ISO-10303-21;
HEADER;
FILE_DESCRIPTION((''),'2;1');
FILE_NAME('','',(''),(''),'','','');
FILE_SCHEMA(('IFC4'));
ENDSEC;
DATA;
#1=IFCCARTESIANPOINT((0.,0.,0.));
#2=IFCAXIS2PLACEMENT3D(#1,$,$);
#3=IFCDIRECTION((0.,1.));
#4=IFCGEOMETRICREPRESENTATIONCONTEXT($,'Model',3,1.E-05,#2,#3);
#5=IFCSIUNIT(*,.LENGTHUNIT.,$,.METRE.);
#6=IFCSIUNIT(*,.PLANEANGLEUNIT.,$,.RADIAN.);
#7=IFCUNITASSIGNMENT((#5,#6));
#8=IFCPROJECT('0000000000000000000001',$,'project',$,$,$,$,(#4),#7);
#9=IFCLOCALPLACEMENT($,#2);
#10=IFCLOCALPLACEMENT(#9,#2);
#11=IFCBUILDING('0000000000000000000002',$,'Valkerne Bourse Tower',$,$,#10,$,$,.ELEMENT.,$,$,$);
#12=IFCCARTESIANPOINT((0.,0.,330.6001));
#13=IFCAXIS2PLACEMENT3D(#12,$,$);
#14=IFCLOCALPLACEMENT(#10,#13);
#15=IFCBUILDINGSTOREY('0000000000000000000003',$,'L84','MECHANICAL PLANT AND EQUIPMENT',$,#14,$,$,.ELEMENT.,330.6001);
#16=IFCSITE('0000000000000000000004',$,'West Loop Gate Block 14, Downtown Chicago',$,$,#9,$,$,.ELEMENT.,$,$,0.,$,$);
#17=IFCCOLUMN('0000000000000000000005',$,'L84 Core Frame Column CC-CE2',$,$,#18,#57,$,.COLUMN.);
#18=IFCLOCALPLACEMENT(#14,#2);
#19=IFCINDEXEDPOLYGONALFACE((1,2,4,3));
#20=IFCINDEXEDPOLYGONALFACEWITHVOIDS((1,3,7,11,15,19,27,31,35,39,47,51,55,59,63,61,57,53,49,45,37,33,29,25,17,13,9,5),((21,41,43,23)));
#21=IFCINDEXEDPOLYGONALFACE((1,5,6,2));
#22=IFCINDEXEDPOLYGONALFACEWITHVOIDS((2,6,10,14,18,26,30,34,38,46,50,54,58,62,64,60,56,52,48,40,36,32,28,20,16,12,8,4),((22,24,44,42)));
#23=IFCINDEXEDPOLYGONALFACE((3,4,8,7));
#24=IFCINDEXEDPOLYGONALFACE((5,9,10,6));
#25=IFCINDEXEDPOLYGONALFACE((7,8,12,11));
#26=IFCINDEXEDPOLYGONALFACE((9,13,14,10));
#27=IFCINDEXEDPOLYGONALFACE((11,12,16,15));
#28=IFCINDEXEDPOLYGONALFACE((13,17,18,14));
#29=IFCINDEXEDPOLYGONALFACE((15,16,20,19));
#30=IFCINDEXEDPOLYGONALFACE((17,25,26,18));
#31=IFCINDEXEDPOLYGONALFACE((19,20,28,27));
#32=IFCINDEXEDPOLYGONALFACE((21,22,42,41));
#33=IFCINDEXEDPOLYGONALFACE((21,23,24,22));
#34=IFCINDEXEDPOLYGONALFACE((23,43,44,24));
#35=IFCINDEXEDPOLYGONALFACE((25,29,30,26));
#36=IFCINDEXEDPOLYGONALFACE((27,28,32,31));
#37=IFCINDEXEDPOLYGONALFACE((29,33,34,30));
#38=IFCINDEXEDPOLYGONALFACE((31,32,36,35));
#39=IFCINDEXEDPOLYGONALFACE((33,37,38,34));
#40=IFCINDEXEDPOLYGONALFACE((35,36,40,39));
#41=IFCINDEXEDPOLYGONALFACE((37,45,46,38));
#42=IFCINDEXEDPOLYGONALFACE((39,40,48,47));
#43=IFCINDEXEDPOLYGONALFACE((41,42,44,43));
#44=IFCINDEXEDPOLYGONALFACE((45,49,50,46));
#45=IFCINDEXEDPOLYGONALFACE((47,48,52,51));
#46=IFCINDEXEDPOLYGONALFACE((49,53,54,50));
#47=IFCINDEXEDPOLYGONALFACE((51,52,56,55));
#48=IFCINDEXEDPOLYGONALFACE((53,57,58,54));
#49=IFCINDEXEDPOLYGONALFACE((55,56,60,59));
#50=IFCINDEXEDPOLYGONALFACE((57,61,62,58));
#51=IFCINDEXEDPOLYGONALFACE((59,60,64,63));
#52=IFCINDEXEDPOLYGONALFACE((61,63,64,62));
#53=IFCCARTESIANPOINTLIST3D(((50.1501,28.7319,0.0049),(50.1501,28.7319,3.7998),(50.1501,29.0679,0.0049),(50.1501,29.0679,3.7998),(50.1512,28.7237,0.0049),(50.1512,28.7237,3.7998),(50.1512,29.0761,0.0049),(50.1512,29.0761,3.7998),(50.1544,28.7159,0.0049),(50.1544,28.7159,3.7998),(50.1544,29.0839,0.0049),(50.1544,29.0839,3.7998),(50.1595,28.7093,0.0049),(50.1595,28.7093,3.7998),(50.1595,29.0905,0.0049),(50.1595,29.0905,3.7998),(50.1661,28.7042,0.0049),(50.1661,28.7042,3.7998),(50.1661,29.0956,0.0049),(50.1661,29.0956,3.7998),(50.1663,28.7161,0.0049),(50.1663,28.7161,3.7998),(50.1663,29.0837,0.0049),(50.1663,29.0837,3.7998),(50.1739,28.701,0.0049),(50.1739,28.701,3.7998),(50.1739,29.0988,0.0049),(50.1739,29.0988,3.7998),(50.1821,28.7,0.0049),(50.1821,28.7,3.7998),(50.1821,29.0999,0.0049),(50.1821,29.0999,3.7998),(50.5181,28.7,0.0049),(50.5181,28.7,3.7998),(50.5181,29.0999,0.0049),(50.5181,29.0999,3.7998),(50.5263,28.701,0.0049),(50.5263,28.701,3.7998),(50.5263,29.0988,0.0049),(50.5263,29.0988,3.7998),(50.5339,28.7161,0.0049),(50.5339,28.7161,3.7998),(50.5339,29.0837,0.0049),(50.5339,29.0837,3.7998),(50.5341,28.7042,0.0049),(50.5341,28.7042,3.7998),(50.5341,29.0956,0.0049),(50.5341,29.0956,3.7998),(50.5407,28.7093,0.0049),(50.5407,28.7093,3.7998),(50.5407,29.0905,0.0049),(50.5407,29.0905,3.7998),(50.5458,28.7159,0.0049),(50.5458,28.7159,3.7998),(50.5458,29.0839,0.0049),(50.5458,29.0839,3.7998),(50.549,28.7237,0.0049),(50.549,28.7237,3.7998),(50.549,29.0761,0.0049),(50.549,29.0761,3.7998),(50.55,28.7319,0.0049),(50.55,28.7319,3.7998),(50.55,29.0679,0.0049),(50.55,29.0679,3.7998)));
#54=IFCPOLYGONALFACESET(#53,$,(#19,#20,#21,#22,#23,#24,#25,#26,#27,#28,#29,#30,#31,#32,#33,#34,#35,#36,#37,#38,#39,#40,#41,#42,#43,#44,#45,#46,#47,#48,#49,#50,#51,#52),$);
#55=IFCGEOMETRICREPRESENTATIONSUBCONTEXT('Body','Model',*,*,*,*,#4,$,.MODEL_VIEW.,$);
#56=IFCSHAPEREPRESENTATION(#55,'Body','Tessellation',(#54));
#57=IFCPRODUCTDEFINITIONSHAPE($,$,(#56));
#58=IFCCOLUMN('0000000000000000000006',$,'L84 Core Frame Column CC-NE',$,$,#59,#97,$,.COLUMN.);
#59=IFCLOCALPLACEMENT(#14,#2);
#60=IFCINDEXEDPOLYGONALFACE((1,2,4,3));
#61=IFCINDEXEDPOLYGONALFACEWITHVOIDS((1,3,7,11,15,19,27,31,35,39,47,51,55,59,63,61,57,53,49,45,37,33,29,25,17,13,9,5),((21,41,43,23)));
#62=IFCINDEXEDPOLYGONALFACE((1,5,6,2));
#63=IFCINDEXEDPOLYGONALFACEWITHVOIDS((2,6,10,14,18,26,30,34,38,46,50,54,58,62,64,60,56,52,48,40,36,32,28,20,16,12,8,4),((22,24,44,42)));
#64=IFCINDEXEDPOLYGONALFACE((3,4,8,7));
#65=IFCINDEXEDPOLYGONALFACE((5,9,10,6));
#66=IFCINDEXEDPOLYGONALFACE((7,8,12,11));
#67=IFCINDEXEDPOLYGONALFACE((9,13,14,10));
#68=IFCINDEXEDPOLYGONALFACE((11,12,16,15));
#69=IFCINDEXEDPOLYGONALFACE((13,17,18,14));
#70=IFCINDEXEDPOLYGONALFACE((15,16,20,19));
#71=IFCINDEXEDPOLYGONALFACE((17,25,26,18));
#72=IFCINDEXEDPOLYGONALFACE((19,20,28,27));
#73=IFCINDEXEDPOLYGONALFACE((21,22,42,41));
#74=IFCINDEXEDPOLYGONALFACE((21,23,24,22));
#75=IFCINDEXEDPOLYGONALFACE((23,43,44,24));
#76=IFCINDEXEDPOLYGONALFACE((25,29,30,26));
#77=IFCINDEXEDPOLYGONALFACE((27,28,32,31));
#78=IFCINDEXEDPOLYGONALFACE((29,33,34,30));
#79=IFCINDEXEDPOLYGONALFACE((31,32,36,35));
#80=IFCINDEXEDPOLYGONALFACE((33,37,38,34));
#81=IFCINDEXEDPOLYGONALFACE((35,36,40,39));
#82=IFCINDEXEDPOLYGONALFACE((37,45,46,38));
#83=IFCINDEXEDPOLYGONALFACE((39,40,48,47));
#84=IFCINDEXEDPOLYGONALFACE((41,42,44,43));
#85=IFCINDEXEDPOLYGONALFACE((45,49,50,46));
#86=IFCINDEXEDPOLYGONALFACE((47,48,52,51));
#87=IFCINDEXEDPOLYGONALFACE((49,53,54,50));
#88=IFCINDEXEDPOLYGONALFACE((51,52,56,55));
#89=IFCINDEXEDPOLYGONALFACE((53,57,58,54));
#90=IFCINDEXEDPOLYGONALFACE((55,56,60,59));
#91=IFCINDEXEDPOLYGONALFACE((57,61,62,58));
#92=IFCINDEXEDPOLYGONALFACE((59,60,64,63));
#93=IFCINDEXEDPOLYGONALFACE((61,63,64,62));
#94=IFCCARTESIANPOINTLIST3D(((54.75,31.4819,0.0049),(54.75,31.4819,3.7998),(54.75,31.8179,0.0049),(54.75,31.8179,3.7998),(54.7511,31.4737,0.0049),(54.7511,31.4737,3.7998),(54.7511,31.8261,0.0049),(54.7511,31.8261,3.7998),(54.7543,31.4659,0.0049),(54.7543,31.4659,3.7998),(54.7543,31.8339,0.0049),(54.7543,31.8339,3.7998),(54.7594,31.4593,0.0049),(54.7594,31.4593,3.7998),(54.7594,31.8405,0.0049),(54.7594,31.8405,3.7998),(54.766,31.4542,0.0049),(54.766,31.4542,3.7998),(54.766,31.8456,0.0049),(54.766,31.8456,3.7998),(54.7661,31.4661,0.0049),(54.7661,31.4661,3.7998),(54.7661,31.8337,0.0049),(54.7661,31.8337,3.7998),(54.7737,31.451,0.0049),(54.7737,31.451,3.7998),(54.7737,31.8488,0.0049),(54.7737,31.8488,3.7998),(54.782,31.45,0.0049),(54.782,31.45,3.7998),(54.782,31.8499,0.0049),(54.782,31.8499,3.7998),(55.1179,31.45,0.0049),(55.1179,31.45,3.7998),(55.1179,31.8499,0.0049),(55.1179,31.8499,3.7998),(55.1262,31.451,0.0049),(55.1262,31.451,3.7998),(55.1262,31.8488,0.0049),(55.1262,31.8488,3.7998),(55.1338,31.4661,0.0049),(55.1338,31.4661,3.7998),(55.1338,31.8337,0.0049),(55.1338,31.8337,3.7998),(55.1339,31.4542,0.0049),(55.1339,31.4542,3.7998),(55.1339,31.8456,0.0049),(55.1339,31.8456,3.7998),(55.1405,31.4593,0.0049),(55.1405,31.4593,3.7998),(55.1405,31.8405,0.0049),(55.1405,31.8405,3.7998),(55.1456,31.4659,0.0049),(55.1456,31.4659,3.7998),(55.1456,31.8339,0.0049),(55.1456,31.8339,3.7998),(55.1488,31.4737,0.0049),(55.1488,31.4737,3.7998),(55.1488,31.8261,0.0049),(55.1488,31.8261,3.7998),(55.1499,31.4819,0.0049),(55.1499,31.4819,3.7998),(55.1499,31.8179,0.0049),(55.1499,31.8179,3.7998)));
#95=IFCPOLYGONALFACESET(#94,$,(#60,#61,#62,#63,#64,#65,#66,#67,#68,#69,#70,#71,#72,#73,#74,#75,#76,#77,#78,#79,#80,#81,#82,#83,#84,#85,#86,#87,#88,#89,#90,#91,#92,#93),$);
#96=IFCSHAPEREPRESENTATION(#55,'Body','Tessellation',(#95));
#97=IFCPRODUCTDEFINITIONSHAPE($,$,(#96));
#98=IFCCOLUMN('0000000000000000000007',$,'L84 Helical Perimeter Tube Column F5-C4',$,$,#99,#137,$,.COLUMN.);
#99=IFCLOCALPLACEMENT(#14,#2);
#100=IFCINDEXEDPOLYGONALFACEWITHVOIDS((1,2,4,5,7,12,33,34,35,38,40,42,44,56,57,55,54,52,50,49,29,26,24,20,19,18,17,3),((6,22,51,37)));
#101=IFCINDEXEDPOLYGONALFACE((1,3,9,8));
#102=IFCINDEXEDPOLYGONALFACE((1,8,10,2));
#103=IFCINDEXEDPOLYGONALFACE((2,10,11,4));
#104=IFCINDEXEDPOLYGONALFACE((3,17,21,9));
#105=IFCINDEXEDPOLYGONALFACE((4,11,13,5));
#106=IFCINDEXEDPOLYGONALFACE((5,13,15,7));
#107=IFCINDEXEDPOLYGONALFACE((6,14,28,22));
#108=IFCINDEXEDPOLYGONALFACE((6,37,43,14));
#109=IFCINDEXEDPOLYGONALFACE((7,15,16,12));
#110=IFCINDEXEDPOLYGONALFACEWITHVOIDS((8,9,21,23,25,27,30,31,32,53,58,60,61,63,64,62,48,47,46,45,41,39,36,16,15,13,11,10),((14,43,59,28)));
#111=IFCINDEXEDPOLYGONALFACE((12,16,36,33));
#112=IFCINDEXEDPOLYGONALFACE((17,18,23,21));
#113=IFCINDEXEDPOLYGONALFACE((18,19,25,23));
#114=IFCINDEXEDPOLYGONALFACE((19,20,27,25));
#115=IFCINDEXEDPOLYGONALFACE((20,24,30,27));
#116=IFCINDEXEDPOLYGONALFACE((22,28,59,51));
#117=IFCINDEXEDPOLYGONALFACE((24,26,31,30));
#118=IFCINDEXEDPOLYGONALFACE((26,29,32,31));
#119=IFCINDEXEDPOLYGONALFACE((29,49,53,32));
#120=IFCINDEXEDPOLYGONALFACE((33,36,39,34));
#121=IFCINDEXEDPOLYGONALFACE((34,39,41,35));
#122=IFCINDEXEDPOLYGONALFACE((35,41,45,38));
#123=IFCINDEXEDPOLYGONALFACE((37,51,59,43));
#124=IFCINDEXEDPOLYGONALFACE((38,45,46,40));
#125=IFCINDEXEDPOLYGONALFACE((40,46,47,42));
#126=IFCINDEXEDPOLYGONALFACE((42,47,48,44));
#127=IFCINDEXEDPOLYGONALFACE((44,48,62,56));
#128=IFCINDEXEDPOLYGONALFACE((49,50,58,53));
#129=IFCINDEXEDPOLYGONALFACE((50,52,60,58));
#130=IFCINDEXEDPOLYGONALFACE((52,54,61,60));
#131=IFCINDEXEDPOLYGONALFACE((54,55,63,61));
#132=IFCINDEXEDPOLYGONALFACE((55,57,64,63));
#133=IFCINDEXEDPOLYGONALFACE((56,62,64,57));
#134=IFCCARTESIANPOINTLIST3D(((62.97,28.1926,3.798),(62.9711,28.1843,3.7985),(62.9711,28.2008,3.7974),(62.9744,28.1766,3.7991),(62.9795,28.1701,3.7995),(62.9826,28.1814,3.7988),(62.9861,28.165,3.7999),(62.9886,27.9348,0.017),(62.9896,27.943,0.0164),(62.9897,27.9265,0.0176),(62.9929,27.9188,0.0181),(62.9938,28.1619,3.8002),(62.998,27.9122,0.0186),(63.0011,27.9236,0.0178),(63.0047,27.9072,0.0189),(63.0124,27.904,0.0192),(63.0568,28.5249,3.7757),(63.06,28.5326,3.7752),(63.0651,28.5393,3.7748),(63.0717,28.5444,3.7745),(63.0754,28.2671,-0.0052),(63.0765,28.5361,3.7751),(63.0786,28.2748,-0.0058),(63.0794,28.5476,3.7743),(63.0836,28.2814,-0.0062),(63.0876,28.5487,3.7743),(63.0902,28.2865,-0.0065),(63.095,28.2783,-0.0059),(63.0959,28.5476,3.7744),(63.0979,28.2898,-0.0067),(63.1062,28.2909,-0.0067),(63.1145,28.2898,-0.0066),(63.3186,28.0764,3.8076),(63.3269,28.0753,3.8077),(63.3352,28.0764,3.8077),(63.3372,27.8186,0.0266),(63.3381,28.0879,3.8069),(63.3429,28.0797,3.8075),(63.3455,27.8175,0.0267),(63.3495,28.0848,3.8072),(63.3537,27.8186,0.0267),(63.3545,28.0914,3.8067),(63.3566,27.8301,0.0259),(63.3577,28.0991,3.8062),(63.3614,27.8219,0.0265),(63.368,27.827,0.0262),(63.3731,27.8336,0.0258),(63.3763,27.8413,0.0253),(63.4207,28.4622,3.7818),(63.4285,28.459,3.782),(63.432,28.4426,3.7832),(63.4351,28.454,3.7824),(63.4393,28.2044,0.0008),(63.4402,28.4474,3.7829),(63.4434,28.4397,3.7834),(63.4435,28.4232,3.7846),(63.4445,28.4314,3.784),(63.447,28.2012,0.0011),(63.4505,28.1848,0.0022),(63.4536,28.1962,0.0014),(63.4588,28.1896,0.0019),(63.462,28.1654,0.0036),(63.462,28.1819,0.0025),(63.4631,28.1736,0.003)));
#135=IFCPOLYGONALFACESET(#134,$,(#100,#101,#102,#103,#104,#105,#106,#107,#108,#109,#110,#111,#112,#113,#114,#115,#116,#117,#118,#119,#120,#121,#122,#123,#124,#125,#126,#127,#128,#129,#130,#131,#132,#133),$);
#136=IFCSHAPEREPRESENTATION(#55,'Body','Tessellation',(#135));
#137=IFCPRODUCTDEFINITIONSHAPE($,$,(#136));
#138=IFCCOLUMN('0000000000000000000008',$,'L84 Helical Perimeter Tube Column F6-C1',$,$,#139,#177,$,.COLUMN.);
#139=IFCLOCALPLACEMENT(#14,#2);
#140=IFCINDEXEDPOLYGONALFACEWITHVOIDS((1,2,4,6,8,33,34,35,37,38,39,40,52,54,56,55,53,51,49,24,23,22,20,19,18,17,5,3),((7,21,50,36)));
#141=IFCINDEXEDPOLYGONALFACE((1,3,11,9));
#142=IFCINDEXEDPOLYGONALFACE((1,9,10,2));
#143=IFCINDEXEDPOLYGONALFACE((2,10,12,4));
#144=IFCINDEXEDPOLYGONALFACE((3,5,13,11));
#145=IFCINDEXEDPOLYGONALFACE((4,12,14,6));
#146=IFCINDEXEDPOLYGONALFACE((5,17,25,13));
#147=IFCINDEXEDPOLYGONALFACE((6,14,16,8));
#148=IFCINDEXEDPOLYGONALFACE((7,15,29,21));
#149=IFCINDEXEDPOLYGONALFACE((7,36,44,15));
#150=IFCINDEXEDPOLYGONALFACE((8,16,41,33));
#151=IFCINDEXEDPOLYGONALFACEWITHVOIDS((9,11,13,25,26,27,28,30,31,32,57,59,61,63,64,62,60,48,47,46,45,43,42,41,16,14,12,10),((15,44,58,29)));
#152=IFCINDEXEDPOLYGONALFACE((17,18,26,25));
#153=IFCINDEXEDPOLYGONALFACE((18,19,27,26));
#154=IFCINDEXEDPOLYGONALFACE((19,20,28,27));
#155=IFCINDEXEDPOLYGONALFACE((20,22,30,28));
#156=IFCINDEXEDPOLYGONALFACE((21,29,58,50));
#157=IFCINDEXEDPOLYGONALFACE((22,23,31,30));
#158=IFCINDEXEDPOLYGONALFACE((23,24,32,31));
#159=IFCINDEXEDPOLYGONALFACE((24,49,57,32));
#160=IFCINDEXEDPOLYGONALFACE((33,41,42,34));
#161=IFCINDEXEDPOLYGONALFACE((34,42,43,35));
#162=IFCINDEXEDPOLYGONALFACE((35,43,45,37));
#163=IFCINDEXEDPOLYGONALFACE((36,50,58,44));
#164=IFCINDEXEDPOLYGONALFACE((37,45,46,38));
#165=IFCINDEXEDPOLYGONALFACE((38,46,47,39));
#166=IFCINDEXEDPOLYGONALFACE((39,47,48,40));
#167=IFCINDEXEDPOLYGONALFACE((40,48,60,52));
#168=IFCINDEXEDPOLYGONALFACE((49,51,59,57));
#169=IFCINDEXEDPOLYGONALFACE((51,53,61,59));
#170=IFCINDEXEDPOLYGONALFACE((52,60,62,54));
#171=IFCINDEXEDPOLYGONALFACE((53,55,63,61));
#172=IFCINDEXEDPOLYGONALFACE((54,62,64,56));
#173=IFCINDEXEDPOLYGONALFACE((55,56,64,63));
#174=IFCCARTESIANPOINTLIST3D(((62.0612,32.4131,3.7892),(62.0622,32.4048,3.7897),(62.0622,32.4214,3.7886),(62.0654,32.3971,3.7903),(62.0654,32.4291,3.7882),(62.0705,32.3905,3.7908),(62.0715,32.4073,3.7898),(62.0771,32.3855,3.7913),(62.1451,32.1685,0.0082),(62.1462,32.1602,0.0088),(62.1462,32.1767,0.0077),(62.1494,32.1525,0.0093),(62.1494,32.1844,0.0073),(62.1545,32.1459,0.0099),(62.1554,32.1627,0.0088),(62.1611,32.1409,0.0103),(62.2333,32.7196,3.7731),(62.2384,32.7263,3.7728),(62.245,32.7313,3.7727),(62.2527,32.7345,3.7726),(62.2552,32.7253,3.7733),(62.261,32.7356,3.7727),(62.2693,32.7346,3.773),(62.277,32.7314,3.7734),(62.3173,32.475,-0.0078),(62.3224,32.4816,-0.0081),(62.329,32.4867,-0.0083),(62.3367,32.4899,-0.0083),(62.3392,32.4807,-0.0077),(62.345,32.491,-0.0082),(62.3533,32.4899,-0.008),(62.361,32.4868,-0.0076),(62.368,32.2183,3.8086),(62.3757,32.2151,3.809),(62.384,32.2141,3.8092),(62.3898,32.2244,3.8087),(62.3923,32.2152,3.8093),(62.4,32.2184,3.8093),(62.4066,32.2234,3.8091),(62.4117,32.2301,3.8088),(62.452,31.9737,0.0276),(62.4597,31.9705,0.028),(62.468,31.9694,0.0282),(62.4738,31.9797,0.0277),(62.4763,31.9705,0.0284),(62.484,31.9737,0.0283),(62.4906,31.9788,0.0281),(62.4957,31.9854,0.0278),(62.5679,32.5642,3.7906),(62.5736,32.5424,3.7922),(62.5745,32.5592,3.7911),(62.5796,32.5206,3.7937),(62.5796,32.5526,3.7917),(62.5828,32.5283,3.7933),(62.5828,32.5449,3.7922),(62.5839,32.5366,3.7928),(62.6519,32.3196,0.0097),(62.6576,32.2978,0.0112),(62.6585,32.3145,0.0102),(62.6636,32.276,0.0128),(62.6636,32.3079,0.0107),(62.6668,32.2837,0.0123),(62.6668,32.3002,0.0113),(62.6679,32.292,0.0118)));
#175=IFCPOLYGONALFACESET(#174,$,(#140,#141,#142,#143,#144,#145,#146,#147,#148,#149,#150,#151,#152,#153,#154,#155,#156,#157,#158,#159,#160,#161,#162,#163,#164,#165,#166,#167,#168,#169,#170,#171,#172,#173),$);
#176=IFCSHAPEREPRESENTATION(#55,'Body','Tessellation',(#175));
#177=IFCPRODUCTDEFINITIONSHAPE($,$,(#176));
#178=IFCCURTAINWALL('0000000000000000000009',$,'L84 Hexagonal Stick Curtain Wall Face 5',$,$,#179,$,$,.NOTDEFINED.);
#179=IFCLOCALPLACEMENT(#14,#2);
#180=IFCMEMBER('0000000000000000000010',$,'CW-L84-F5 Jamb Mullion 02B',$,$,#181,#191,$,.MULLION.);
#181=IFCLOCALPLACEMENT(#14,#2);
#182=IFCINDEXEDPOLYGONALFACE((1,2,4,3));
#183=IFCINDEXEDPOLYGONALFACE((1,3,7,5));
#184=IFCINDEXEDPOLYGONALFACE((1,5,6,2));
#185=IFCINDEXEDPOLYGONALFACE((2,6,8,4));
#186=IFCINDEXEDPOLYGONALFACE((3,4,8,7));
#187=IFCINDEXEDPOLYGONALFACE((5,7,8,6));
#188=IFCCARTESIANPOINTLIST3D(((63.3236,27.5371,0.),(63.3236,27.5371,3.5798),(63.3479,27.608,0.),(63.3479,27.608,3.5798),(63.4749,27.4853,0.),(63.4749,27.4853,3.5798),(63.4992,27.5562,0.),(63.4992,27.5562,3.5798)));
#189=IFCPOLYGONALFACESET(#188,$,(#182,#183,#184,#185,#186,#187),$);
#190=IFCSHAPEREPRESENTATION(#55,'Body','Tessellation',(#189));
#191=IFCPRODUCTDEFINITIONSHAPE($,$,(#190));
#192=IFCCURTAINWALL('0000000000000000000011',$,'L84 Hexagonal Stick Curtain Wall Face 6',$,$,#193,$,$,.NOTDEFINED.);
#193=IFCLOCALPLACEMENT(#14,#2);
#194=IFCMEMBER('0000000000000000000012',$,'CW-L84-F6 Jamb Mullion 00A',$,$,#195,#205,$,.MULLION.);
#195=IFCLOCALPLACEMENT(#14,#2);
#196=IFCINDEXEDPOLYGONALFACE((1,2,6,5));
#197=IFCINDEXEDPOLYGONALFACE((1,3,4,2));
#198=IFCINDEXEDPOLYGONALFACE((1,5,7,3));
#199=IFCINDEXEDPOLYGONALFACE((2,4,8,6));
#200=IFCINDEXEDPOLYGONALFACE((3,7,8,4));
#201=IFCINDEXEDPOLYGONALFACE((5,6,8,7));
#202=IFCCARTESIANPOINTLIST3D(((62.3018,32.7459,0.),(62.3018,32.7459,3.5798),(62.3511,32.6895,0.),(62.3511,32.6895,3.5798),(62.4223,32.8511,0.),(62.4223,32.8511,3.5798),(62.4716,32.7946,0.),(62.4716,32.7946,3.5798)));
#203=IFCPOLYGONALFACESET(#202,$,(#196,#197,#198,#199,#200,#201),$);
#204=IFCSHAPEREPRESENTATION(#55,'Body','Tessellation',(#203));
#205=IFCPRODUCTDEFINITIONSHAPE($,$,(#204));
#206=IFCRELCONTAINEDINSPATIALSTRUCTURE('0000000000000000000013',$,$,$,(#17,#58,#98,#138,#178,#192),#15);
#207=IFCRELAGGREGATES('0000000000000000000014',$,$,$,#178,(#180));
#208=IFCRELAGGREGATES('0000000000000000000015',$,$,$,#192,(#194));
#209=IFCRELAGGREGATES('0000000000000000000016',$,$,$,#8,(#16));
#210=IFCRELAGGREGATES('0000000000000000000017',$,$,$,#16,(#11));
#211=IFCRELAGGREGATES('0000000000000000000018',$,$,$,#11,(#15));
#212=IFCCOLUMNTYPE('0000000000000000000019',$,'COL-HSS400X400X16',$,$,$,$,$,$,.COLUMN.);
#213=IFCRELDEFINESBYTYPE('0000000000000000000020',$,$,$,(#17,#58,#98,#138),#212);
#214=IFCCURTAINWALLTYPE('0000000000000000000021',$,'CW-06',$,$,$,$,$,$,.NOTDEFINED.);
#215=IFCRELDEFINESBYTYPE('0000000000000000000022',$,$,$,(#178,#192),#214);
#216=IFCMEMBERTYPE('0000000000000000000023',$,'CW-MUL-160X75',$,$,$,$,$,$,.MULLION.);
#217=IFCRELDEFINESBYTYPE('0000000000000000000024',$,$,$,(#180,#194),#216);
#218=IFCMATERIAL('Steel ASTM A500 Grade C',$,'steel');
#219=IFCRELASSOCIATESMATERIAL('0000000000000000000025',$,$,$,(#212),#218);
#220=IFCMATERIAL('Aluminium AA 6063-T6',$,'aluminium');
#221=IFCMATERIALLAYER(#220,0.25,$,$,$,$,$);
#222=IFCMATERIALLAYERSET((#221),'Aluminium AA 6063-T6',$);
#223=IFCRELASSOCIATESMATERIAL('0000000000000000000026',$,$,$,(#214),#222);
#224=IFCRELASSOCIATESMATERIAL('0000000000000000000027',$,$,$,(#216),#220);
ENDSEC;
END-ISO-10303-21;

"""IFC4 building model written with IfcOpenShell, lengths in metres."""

from ifc_helpers import new_model, si_unit, direction, frame, origin, origin_2d, place, context, subcontext, project, spatial, rectangle, hollow_rectangle, extrude, material, layer, layer_set, material_profile, profile_set, type_object, element, aggregate, save


model = new_model("IFC4")

# Units and contexts
model_context = context("Model", 3, precision=1e-05, world=origin(), true_north=direction((0.0, 1.0)))
body_context = subcontext(model_context, "Body", "Model", "MODEL_VIEW")
ifc_project = project(units=[si_unit("LENGTHUNIT", "METRE"), si_unit("PLANEANGLEUNIT", "RADIAN")], contexts=[model_context])

# Site, building, storey
site_placement = place(None, origin())
site = spatial("IfcSite", under=ifc_project, at=site_placement, Name="West Loop Gate Block 14, Downtown Chicago", CompositionType="ELEMENT", RefElevation=0.0)
building_placement = place(site_placement, origin())
building = spatial("IfcBuilding", under=site, at=building_placement, Name="Valkerne Bourse Tower", CompositionType="ELEMENT")
storey_placement = place(building_placement, frame((0.0, 0.0, 330.6001)))
storey = spatial("IfcBuildingStorey", under=building, at=storey_placement, Name="L84", Description="MECHANICAL PLANT AND EQUIPMENT", CompositionType="ELEMENT", Elevation=330.6001)

# Columns
ifc_material_1 = material(Name="Steel ASTM A500 Grade C", Category="steel")
ifc_material_profile_1 = material_profile(ifc_material_1, hollow_rectangle(XDim=0.3999, YDim=0.3999, WallThickness=0.0161, OuterFilletRadius=0.032, at=origin_2d()), Name="HSS400X400X16")
ifc_profile_set_1 = profile_set([ifc_material_profile_1], Name="Steel ASTM A500 Grade C")
column_type = type_object("IfcColumnType", Name="COL-HSS400X400X16", PredefinedType="COLUMN", material=ifc_profile_set_1)
for number, where, z_axis, x_axis, name in (
    (1, (50.3501, 28.8999, 0.0049), (0.0, 0.0, 1.0), (1.0, 0.0, 0.0), "L84 Core Frame Column CC-CE2"),
    (2, (54.95, 31.6499, 0.0049), (0.0, 0.0, 1.0), (1.0, 0.0, 0.0), "L84 Core Frame Column CC-NE"),
):
    element("IfcColumn", number, at=place(storey_placement, frame(where, z_axis=z_axis, x_axis=x_axis)), inside=storey, type_object=column_type, Name=name, PredefinedType="COLUMN", context=body_context, shape_type="SweptSolid", body=[
        extrude(hollow_rectangle(XDim=0.3999, YDim=0.3999, WallThickness=0.0161, OuterFilletRadius=0.032, at=origin_2d()), origin(), (0.0, 0.0, 1.0), 3.7949),
    ])
for number, where, z_axis, x_axis, name in (
    (3, (63.2258, 28.0542, 0.01), (-0.004896, 0.068027, 0.997671), (-0.255326, -0.964699, 0.064526), "L84 Helical Perimeter Tube Column F5-C4"),
    (4, (62.4065, 32.2302, 0.01), (-0.02216, 0.064549, 0.997668), (0.865874, -0.497612, 0.051428), "L84 Helical Perimeter Tube Column F6-C1"),
):
    element("IfcColumn", number, at=place(storey_placement, frame(where, z_axis=z_axis, x_axis=x_axis)), inside=storey, type_object=column_type, Name=name, PredefinedType="COLUMN", context=body_context, shape_type="SweptSolid", body=[
        extrude(hollow_rectangle(XDim=0.3999, YDim=0.3999, WallThickness=0.0161, OuterFilletRadius=0.032, at=origin_2d()), origin(), (0.0, 0.0, 1.0), 3.7898),
    ])

# Curtain wall, member
ifc_material_2 = material(Name="Aluminium AA 6063-T6", Category="aluminium")
ifc_layer_1 = layer(ifc_material_2, 0.25)
ifc_layer_set_1 = layer_set([ifc_layer_1], Name="Aluminium AA 6063-T6")
curtain_wall_type = type_object("IfcCurtainWallType", Name="CW-06", PredefinedType="NOTDEFINED", material=ifc_layer_set_1)
curtain_wall_1_placement = place(storey_placement, origin())
curtain_wall_1 = element("IfcCurtainWall", 5, at=curtain_wall_1_placement, inside=storey, type_object=curtain_wall_type, Name="L84 Hexagonal Stick Curtain Wall Face 5", PredefinedType="NOTDEFINED")
ifc_material_profile_2 = material_profile(ifc_material_2, rectangle(XDim=0.075, YDim=0.1599, at=origin_2d()), Name="CWM-75X160")
ifc_profile_set_2 = profile_set([ifc_material_profile_2], Name="Aluminium AA 6063-T6")
member_type_1 = type_object("IfcMemberType", Name="CW-MUL-160X75", PredefinedType="MULLION", material=ifc_profile_set_2)
member_1_placement = place(storey_placement, frame((63.4114, 27.5466, 0.0), z_axis=(0.0, 0.0, 1.0), x_axis=(0.32391, 0.946088, 0.0)))
member_1 = element("IfcMember", 6, at=member_1_placement, type_object=member_type_1, Name="CW-L84-F5 Jamb Mullion 02B", PredefinedType="MULLION", context=body_context, shape_type="SweptSolid", body=[
    extrude(rectangle(XDim=0.075, YDim=0.1599, at=origin_2d()), origin(), (0.0, 0.0, 1.0), 3.5798),
])
aggregate(curtain_wall_1, [member_1])

# Curtain wall, member
curtain_wall_2_placement = place(storey_placement, origin())
curtain_wall_2 = element("IfcCurtainWall", 7, at=curtain_wall_2_placement, inside=storey, type_object=curtain_wall_type, Name="L84 Hexagonal Stick Curtain Wall Face 6", PredefinedType="NOTDEFINED")
member_2_placement = place(storey_placement, frame((62.3867, 32.7703, 0.0), z_axis=(0.0, 0.0, 1.0), x_axis=(-0.657368, 0.75357, 0.0)))
member_2 = element("IfcMember", 8, at=member_2_placement, type_object=member_type_1, Name="CW-L84-F6 Jamb Mullion 00A", PredefinedType="MULLION", context=body_context, shape_type="SweptSolid", body=[
    extrude(rectangle(XDim=0.075, YDim=0.1599, at=origin_2d()), origin(), (0.0, 0.0, 1.0), 3.5798),
])
aggregate(curtain_wall_2, [member_2])

save(model, "model.ifc")
